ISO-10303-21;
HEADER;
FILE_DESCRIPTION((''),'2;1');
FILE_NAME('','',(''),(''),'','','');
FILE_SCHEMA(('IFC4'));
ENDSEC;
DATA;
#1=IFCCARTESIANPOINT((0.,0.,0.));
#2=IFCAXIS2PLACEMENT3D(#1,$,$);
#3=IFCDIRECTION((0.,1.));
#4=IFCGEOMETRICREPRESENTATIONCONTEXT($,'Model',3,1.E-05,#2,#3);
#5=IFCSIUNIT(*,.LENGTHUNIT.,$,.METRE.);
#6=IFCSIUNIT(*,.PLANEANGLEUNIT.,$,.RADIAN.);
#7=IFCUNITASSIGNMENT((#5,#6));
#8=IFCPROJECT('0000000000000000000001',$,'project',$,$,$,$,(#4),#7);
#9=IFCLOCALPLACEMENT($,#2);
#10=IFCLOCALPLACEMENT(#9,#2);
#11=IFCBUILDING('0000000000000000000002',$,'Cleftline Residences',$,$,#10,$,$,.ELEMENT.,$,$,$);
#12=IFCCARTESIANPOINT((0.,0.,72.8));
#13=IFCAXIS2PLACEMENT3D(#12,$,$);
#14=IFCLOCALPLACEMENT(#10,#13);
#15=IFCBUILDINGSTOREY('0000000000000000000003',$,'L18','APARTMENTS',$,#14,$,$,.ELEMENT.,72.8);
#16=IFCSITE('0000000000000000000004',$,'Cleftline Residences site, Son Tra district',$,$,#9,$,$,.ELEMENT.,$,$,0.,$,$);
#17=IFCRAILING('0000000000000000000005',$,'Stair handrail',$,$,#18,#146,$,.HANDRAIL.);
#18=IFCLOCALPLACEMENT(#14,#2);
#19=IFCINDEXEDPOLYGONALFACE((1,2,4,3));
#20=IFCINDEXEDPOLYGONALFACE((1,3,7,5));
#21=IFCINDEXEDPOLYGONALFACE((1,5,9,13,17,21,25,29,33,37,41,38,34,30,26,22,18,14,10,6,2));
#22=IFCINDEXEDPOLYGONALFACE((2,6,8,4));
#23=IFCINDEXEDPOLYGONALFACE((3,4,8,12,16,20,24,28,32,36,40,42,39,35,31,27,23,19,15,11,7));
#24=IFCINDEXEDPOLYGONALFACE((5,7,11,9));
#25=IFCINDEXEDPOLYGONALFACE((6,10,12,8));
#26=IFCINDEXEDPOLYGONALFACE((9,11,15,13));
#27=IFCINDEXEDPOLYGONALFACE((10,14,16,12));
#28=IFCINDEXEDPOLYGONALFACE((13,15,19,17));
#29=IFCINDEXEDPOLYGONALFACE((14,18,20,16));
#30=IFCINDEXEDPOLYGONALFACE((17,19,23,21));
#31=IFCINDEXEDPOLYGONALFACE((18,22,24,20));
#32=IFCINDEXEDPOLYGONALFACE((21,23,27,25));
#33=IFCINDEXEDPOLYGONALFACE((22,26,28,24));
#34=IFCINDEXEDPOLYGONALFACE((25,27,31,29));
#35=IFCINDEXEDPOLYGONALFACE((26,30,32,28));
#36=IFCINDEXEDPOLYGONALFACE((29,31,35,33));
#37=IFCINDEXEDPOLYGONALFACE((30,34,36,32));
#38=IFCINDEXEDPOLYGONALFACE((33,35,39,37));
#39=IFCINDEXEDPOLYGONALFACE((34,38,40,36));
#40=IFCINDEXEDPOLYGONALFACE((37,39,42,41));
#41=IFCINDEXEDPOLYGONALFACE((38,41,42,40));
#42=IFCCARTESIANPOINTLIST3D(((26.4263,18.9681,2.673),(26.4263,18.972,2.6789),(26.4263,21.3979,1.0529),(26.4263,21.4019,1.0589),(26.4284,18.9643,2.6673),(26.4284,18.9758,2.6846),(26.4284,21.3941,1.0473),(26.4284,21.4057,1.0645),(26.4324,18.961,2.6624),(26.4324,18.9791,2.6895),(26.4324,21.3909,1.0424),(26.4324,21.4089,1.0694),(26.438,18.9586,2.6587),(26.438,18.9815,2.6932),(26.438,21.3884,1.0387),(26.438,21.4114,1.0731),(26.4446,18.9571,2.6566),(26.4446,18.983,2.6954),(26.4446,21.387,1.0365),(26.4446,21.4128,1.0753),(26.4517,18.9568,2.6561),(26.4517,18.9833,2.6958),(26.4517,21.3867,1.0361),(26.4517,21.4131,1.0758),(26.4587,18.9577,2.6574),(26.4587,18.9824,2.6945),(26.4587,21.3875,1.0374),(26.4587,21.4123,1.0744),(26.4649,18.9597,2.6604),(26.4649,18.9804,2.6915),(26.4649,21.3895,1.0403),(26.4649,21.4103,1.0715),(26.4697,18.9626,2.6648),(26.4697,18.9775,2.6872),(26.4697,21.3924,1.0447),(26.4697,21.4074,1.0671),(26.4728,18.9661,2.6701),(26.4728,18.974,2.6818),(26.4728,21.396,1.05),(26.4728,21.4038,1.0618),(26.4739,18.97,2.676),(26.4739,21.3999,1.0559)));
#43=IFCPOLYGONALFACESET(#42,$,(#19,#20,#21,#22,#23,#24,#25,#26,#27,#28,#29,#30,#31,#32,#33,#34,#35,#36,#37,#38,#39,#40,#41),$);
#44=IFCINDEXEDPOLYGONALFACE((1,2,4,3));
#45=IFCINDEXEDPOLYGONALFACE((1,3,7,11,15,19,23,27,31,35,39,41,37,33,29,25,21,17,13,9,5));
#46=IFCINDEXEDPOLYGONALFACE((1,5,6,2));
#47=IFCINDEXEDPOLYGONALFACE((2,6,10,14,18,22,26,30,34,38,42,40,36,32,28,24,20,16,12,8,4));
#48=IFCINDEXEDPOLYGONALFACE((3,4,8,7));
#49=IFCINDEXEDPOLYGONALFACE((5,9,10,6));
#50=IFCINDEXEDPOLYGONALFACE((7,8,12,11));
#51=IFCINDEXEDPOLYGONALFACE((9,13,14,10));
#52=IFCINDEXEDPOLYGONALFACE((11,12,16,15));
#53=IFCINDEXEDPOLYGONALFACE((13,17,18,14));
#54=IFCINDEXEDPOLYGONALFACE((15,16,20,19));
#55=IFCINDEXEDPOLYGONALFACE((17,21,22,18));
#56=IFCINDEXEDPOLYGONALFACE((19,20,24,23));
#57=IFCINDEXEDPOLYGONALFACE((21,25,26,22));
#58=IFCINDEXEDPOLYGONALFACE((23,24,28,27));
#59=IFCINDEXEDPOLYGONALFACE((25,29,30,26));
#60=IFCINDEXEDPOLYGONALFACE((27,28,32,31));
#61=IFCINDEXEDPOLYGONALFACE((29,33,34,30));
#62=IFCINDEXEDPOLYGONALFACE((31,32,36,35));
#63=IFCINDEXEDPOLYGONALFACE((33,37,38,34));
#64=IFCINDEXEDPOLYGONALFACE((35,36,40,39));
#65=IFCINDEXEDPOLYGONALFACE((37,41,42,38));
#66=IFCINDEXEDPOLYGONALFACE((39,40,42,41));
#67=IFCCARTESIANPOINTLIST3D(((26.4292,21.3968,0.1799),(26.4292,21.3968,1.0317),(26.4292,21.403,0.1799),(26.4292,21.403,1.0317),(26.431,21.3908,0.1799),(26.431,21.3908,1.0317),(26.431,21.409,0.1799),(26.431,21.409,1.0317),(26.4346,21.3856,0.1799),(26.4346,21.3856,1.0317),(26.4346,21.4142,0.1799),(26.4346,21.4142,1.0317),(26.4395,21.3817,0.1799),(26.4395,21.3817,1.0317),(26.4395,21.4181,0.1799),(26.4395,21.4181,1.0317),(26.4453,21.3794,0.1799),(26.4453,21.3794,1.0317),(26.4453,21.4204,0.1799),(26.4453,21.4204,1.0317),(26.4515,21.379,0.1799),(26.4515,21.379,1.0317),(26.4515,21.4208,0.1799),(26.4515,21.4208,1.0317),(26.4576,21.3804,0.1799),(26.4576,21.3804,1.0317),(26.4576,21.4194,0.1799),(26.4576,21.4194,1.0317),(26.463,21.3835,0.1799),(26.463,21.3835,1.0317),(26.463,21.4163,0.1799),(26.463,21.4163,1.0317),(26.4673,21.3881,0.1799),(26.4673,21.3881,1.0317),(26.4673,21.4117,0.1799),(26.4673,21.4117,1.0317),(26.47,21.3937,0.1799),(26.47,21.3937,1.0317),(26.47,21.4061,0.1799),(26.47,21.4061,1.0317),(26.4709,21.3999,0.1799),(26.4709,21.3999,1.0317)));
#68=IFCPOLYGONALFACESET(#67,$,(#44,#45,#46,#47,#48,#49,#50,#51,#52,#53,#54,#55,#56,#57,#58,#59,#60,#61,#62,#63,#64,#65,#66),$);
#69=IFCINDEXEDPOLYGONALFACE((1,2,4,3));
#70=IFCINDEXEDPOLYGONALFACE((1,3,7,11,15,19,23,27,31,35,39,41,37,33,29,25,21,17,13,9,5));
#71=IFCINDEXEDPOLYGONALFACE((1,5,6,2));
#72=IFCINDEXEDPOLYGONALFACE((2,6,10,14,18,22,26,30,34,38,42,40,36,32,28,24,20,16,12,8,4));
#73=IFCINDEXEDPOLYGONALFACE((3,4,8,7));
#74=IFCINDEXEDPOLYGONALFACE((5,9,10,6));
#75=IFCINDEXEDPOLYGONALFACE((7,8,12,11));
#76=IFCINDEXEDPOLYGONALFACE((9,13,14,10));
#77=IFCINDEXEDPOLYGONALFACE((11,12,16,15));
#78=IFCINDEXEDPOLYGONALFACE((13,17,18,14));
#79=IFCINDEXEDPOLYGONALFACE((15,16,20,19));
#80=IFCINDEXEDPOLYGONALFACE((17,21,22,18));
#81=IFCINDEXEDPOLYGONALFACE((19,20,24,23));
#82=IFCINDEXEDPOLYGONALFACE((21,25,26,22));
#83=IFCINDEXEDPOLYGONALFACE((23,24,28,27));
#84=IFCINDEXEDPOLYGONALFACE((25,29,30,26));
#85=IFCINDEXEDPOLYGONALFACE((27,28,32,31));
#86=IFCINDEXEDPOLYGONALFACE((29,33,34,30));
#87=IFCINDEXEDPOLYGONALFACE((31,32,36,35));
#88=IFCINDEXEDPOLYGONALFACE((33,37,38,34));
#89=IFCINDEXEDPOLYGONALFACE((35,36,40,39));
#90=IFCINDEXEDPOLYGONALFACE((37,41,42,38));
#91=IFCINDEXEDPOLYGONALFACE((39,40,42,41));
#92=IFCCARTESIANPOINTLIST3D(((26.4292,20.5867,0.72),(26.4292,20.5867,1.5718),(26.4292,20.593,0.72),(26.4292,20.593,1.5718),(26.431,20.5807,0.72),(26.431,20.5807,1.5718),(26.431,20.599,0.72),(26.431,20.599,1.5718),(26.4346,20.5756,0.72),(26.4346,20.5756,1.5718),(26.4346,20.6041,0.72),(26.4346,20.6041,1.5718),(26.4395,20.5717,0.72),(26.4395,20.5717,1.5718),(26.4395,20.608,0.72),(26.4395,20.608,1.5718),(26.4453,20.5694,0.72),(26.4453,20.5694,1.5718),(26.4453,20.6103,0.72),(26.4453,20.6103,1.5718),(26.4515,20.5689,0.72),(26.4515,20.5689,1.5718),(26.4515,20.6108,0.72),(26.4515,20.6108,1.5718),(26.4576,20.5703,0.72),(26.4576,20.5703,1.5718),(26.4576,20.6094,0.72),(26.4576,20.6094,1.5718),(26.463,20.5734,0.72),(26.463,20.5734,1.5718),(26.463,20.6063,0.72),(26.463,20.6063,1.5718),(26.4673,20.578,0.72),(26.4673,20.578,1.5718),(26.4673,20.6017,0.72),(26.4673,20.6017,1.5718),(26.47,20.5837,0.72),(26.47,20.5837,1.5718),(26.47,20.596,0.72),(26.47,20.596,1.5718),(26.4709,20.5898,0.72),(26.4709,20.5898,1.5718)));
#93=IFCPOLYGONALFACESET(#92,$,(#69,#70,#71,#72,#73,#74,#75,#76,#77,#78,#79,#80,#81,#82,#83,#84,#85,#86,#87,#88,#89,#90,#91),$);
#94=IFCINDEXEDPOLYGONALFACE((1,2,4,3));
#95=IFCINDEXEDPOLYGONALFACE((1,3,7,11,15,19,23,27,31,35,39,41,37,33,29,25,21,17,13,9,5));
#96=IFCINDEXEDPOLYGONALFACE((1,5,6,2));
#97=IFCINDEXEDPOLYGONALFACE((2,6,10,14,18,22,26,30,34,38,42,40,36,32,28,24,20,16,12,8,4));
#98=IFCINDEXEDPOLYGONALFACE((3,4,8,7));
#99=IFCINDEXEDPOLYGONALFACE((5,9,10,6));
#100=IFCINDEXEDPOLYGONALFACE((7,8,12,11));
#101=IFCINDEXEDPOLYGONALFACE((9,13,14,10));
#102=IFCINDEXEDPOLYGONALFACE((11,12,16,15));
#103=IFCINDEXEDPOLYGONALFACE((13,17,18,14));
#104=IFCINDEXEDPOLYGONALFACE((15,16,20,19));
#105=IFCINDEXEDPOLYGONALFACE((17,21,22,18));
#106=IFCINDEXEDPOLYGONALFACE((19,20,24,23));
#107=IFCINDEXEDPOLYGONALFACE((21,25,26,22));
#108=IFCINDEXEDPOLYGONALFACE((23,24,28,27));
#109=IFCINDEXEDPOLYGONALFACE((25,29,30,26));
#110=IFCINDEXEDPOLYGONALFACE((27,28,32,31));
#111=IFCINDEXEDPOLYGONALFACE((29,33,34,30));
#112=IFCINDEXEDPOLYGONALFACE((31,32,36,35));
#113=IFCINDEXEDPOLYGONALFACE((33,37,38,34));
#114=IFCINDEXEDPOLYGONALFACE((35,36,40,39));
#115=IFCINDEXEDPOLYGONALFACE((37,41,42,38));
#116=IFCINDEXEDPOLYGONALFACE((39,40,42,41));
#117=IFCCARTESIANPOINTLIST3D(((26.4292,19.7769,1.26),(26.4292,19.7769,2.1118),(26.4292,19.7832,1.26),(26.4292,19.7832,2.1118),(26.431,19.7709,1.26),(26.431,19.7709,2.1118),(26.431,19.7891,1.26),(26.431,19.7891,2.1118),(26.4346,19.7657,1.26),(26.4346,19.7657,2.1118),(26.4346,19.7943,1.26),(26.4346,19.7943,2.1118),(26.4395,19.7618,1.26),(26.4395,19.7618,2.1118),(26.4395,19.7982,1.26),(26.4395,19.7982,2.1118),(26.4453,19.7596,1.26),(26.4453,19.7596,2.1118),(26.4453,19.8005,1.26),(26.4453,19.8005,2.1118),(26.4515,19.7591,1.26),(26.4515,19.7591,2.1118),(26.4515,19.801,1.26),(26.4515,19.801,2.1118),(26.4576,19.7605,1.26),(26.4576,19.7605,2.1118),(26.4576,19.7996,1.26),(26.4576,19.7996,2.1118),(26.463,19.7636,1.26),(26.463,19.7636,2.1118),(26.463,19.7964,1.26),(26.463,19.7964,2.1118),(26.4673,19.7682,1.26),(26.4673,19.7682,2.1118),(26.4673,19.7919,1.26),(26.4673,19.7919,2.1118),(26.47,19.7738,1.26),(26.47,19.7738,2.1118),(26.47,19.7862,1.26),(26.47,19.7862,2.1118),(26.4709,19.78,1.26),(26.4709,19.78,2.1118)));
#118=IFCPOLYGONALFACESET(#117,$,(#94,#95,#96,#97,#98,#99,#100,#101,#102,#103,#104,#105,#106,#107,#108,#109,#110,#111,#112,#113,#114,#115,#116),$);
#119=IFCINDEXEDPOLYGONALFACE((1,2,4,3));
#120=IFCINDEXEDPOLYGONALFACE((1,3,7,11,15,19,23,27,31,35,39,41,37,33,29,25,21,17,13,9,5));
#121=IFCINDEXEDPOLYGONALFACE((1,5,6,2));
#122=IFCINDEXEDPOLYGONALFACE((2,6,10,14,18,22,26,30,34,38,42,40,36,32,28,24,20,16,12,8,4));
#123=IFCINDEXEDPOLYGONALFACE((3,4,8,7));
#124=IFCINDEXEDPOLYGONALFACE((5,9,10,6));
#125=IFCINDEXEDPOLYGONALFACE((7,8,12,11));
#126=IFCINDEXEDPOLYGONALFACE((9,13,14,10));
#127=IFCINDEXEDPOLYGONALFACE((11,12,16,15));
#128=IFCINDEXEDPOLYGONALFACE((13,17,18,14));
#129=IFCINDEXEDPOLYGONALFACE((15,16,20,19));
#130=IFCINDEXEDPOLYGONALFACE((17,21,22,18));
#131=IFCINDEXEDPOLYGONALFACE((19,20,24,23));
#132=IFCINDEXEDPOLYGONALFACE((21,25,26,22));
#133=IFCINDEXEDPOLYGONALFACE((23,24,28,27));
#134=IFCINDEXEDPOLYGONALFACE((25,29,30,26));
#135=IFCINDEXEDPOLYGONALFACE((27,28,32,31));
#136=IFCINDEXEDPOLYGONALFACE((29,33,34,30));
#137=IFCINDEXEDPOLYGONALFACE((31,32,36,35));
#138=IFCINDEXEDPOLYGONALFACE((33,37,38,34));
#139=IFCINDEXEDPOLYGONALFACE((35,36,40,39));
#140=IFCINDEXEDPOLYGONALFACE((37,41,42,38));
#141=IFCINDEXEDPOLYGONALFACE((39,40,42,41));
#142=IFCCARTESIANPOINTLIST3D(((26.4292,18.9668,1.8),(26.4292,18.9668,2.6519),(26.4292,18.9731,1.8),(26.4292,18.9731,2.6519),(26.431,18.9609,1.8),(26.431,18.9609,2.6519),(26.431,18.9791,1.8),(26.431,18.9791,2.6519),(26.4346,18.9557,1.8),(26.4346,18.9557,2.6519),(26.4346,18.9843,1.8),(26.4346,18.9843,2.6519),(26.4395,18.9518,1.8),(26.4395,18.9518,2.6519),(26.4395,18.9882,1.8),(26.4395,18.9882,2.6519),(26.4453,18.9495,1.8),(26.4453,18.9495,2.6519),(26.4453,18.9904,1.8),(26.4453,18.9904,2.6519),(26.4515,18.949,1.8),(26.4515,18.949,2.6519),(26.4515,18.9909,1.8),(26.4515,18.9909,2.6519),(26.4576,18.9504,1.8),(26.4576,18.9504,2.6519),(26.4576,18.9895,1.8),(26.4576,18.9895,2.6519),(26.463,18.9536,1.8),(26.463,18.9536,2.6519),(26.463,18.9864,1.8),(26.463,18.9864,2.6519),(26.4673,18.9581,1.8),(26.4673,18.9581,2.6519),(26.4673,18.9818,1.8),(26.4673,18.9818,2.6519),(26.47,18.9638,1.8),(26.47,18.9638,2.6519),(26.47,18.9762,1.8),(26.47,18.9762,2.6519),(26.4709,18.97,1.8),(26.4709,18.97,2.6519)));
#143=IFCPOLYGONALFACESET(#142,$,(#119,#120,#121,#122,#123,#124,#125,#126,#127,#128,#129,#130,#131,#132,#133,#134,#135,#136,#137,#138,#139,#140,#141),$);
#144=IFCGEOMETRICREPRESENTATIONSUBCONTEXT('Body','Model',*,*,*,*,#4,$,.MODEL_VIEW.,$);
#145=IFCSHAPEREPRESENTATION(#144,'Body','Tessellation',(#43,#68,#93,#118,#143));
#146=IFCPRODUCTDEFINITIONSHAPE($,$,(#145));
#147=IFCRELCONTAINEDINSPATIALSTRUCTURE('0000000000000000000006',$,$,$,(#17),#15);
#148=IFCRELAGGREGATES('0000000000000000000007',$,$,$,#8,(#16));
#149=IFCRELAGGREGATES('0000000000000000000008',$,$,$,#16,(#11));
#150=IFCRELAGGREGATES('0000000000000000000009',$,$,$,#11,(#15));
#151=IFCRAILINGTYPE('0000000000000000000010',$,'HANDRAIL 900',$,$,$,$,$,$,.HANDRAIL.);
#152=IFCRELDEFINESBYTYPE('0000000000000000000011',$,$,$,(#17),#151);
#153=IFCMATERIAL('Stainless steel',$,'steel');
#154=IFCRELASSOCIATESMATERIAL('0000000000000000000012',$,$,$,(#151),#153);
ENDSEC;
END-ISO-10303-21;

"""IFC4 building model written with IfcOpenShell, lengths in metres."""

from ifc_helpers import new_model, si_unit, direction, frame, origin, origin_2d, place, context, subcontext, project, spatial, circle, extrude, material, type_object, element, save


model = new_model("IFC4")

# Units and contexts
model_context = context("Model", 3, precision=1e-05, world=origin(), true_north=direction((0.0, 1.0)))
body_context = subcontext(model_context, "Body", "Model", "MODEL_VIEW")
ifc_project = project(units=[si_unit("LENGTHUNIT", "METRE"), si_unit("PLANEANGLEUNIT", "RADIAN")], contexts=[model_context])

# Site, building, storey
site_placement = place(None, origin())
site = spatial("IfcSite", under=ifc_project, at=site_placement, Name="Cleftline Residences site, Son Tra district", CompositionType="ELEMENT", RefElevation=0.0)
building_placement = place(site_placement, origin())
building = spatial("IfcBuilding", under=site, at=building_placement, Name="Cleftline Residences", CompositionType="ELEMENT")
storey_placement = place(building_placement, frame((0.0, 0.0, 72.8)))
storey = spatial("IfcBuildingStorey", under=building, at=storey_placement, Name="L18", Description="APARTMENTS", CompositionType="ELEMENT", Elevation=72.8)

# Railing
ifc_material_1 = material(Name="Stainless steel", Category="steel")
railing_type = type_object("IfcRailingType", Name="HANDRAIL 900", PredefinedType="HANDRAIL", material=ifc_material_1)
railing_1_placement = place(storey_placement, frame((26.45, 21.3999, 0.1799)))
element("IfcRailing", 1, at=railing_1_placement, inside=storey, type_object=railing_type, Name="Stair handrail", PredefinedType="HANDRAIL", context=body_context, shape_type="SweptSolid", body=[
    extrude(circle(Radius=0.0239, at=origin_2d()), frame((0.0, 0.0, 0.876), z_axis=(0.0, -0.832025, 0.554739), x_axis=(1.0, 0.0, 0.0)), (0.0, 0.0, 1.0), 2.9204),
    extrude(circle(Radius=0.021, at=origin_2d()), origin(), (0.0, 0.0, 1.0), 0.8518),
    extrude(circle(Radius=0.021, at=origin_2d()), frame((0.0, -0.8101, 0.54)), (0.0, 0.0, 1.0), 0.8518),
    extrude(circle(Radius=0.021, at=origin_2d()), frame((0.0, -1.6199, 1.0801)), (0.0, 0.0, 1.0), 0.8518),
    extrude(circle(Radius=0.021, at=origin_2d()), frame((0.0, -2.4299, 1.6201)), (0.0, 0.0, 1.0), 0.8518),
])

save(model, "model.ifc")
